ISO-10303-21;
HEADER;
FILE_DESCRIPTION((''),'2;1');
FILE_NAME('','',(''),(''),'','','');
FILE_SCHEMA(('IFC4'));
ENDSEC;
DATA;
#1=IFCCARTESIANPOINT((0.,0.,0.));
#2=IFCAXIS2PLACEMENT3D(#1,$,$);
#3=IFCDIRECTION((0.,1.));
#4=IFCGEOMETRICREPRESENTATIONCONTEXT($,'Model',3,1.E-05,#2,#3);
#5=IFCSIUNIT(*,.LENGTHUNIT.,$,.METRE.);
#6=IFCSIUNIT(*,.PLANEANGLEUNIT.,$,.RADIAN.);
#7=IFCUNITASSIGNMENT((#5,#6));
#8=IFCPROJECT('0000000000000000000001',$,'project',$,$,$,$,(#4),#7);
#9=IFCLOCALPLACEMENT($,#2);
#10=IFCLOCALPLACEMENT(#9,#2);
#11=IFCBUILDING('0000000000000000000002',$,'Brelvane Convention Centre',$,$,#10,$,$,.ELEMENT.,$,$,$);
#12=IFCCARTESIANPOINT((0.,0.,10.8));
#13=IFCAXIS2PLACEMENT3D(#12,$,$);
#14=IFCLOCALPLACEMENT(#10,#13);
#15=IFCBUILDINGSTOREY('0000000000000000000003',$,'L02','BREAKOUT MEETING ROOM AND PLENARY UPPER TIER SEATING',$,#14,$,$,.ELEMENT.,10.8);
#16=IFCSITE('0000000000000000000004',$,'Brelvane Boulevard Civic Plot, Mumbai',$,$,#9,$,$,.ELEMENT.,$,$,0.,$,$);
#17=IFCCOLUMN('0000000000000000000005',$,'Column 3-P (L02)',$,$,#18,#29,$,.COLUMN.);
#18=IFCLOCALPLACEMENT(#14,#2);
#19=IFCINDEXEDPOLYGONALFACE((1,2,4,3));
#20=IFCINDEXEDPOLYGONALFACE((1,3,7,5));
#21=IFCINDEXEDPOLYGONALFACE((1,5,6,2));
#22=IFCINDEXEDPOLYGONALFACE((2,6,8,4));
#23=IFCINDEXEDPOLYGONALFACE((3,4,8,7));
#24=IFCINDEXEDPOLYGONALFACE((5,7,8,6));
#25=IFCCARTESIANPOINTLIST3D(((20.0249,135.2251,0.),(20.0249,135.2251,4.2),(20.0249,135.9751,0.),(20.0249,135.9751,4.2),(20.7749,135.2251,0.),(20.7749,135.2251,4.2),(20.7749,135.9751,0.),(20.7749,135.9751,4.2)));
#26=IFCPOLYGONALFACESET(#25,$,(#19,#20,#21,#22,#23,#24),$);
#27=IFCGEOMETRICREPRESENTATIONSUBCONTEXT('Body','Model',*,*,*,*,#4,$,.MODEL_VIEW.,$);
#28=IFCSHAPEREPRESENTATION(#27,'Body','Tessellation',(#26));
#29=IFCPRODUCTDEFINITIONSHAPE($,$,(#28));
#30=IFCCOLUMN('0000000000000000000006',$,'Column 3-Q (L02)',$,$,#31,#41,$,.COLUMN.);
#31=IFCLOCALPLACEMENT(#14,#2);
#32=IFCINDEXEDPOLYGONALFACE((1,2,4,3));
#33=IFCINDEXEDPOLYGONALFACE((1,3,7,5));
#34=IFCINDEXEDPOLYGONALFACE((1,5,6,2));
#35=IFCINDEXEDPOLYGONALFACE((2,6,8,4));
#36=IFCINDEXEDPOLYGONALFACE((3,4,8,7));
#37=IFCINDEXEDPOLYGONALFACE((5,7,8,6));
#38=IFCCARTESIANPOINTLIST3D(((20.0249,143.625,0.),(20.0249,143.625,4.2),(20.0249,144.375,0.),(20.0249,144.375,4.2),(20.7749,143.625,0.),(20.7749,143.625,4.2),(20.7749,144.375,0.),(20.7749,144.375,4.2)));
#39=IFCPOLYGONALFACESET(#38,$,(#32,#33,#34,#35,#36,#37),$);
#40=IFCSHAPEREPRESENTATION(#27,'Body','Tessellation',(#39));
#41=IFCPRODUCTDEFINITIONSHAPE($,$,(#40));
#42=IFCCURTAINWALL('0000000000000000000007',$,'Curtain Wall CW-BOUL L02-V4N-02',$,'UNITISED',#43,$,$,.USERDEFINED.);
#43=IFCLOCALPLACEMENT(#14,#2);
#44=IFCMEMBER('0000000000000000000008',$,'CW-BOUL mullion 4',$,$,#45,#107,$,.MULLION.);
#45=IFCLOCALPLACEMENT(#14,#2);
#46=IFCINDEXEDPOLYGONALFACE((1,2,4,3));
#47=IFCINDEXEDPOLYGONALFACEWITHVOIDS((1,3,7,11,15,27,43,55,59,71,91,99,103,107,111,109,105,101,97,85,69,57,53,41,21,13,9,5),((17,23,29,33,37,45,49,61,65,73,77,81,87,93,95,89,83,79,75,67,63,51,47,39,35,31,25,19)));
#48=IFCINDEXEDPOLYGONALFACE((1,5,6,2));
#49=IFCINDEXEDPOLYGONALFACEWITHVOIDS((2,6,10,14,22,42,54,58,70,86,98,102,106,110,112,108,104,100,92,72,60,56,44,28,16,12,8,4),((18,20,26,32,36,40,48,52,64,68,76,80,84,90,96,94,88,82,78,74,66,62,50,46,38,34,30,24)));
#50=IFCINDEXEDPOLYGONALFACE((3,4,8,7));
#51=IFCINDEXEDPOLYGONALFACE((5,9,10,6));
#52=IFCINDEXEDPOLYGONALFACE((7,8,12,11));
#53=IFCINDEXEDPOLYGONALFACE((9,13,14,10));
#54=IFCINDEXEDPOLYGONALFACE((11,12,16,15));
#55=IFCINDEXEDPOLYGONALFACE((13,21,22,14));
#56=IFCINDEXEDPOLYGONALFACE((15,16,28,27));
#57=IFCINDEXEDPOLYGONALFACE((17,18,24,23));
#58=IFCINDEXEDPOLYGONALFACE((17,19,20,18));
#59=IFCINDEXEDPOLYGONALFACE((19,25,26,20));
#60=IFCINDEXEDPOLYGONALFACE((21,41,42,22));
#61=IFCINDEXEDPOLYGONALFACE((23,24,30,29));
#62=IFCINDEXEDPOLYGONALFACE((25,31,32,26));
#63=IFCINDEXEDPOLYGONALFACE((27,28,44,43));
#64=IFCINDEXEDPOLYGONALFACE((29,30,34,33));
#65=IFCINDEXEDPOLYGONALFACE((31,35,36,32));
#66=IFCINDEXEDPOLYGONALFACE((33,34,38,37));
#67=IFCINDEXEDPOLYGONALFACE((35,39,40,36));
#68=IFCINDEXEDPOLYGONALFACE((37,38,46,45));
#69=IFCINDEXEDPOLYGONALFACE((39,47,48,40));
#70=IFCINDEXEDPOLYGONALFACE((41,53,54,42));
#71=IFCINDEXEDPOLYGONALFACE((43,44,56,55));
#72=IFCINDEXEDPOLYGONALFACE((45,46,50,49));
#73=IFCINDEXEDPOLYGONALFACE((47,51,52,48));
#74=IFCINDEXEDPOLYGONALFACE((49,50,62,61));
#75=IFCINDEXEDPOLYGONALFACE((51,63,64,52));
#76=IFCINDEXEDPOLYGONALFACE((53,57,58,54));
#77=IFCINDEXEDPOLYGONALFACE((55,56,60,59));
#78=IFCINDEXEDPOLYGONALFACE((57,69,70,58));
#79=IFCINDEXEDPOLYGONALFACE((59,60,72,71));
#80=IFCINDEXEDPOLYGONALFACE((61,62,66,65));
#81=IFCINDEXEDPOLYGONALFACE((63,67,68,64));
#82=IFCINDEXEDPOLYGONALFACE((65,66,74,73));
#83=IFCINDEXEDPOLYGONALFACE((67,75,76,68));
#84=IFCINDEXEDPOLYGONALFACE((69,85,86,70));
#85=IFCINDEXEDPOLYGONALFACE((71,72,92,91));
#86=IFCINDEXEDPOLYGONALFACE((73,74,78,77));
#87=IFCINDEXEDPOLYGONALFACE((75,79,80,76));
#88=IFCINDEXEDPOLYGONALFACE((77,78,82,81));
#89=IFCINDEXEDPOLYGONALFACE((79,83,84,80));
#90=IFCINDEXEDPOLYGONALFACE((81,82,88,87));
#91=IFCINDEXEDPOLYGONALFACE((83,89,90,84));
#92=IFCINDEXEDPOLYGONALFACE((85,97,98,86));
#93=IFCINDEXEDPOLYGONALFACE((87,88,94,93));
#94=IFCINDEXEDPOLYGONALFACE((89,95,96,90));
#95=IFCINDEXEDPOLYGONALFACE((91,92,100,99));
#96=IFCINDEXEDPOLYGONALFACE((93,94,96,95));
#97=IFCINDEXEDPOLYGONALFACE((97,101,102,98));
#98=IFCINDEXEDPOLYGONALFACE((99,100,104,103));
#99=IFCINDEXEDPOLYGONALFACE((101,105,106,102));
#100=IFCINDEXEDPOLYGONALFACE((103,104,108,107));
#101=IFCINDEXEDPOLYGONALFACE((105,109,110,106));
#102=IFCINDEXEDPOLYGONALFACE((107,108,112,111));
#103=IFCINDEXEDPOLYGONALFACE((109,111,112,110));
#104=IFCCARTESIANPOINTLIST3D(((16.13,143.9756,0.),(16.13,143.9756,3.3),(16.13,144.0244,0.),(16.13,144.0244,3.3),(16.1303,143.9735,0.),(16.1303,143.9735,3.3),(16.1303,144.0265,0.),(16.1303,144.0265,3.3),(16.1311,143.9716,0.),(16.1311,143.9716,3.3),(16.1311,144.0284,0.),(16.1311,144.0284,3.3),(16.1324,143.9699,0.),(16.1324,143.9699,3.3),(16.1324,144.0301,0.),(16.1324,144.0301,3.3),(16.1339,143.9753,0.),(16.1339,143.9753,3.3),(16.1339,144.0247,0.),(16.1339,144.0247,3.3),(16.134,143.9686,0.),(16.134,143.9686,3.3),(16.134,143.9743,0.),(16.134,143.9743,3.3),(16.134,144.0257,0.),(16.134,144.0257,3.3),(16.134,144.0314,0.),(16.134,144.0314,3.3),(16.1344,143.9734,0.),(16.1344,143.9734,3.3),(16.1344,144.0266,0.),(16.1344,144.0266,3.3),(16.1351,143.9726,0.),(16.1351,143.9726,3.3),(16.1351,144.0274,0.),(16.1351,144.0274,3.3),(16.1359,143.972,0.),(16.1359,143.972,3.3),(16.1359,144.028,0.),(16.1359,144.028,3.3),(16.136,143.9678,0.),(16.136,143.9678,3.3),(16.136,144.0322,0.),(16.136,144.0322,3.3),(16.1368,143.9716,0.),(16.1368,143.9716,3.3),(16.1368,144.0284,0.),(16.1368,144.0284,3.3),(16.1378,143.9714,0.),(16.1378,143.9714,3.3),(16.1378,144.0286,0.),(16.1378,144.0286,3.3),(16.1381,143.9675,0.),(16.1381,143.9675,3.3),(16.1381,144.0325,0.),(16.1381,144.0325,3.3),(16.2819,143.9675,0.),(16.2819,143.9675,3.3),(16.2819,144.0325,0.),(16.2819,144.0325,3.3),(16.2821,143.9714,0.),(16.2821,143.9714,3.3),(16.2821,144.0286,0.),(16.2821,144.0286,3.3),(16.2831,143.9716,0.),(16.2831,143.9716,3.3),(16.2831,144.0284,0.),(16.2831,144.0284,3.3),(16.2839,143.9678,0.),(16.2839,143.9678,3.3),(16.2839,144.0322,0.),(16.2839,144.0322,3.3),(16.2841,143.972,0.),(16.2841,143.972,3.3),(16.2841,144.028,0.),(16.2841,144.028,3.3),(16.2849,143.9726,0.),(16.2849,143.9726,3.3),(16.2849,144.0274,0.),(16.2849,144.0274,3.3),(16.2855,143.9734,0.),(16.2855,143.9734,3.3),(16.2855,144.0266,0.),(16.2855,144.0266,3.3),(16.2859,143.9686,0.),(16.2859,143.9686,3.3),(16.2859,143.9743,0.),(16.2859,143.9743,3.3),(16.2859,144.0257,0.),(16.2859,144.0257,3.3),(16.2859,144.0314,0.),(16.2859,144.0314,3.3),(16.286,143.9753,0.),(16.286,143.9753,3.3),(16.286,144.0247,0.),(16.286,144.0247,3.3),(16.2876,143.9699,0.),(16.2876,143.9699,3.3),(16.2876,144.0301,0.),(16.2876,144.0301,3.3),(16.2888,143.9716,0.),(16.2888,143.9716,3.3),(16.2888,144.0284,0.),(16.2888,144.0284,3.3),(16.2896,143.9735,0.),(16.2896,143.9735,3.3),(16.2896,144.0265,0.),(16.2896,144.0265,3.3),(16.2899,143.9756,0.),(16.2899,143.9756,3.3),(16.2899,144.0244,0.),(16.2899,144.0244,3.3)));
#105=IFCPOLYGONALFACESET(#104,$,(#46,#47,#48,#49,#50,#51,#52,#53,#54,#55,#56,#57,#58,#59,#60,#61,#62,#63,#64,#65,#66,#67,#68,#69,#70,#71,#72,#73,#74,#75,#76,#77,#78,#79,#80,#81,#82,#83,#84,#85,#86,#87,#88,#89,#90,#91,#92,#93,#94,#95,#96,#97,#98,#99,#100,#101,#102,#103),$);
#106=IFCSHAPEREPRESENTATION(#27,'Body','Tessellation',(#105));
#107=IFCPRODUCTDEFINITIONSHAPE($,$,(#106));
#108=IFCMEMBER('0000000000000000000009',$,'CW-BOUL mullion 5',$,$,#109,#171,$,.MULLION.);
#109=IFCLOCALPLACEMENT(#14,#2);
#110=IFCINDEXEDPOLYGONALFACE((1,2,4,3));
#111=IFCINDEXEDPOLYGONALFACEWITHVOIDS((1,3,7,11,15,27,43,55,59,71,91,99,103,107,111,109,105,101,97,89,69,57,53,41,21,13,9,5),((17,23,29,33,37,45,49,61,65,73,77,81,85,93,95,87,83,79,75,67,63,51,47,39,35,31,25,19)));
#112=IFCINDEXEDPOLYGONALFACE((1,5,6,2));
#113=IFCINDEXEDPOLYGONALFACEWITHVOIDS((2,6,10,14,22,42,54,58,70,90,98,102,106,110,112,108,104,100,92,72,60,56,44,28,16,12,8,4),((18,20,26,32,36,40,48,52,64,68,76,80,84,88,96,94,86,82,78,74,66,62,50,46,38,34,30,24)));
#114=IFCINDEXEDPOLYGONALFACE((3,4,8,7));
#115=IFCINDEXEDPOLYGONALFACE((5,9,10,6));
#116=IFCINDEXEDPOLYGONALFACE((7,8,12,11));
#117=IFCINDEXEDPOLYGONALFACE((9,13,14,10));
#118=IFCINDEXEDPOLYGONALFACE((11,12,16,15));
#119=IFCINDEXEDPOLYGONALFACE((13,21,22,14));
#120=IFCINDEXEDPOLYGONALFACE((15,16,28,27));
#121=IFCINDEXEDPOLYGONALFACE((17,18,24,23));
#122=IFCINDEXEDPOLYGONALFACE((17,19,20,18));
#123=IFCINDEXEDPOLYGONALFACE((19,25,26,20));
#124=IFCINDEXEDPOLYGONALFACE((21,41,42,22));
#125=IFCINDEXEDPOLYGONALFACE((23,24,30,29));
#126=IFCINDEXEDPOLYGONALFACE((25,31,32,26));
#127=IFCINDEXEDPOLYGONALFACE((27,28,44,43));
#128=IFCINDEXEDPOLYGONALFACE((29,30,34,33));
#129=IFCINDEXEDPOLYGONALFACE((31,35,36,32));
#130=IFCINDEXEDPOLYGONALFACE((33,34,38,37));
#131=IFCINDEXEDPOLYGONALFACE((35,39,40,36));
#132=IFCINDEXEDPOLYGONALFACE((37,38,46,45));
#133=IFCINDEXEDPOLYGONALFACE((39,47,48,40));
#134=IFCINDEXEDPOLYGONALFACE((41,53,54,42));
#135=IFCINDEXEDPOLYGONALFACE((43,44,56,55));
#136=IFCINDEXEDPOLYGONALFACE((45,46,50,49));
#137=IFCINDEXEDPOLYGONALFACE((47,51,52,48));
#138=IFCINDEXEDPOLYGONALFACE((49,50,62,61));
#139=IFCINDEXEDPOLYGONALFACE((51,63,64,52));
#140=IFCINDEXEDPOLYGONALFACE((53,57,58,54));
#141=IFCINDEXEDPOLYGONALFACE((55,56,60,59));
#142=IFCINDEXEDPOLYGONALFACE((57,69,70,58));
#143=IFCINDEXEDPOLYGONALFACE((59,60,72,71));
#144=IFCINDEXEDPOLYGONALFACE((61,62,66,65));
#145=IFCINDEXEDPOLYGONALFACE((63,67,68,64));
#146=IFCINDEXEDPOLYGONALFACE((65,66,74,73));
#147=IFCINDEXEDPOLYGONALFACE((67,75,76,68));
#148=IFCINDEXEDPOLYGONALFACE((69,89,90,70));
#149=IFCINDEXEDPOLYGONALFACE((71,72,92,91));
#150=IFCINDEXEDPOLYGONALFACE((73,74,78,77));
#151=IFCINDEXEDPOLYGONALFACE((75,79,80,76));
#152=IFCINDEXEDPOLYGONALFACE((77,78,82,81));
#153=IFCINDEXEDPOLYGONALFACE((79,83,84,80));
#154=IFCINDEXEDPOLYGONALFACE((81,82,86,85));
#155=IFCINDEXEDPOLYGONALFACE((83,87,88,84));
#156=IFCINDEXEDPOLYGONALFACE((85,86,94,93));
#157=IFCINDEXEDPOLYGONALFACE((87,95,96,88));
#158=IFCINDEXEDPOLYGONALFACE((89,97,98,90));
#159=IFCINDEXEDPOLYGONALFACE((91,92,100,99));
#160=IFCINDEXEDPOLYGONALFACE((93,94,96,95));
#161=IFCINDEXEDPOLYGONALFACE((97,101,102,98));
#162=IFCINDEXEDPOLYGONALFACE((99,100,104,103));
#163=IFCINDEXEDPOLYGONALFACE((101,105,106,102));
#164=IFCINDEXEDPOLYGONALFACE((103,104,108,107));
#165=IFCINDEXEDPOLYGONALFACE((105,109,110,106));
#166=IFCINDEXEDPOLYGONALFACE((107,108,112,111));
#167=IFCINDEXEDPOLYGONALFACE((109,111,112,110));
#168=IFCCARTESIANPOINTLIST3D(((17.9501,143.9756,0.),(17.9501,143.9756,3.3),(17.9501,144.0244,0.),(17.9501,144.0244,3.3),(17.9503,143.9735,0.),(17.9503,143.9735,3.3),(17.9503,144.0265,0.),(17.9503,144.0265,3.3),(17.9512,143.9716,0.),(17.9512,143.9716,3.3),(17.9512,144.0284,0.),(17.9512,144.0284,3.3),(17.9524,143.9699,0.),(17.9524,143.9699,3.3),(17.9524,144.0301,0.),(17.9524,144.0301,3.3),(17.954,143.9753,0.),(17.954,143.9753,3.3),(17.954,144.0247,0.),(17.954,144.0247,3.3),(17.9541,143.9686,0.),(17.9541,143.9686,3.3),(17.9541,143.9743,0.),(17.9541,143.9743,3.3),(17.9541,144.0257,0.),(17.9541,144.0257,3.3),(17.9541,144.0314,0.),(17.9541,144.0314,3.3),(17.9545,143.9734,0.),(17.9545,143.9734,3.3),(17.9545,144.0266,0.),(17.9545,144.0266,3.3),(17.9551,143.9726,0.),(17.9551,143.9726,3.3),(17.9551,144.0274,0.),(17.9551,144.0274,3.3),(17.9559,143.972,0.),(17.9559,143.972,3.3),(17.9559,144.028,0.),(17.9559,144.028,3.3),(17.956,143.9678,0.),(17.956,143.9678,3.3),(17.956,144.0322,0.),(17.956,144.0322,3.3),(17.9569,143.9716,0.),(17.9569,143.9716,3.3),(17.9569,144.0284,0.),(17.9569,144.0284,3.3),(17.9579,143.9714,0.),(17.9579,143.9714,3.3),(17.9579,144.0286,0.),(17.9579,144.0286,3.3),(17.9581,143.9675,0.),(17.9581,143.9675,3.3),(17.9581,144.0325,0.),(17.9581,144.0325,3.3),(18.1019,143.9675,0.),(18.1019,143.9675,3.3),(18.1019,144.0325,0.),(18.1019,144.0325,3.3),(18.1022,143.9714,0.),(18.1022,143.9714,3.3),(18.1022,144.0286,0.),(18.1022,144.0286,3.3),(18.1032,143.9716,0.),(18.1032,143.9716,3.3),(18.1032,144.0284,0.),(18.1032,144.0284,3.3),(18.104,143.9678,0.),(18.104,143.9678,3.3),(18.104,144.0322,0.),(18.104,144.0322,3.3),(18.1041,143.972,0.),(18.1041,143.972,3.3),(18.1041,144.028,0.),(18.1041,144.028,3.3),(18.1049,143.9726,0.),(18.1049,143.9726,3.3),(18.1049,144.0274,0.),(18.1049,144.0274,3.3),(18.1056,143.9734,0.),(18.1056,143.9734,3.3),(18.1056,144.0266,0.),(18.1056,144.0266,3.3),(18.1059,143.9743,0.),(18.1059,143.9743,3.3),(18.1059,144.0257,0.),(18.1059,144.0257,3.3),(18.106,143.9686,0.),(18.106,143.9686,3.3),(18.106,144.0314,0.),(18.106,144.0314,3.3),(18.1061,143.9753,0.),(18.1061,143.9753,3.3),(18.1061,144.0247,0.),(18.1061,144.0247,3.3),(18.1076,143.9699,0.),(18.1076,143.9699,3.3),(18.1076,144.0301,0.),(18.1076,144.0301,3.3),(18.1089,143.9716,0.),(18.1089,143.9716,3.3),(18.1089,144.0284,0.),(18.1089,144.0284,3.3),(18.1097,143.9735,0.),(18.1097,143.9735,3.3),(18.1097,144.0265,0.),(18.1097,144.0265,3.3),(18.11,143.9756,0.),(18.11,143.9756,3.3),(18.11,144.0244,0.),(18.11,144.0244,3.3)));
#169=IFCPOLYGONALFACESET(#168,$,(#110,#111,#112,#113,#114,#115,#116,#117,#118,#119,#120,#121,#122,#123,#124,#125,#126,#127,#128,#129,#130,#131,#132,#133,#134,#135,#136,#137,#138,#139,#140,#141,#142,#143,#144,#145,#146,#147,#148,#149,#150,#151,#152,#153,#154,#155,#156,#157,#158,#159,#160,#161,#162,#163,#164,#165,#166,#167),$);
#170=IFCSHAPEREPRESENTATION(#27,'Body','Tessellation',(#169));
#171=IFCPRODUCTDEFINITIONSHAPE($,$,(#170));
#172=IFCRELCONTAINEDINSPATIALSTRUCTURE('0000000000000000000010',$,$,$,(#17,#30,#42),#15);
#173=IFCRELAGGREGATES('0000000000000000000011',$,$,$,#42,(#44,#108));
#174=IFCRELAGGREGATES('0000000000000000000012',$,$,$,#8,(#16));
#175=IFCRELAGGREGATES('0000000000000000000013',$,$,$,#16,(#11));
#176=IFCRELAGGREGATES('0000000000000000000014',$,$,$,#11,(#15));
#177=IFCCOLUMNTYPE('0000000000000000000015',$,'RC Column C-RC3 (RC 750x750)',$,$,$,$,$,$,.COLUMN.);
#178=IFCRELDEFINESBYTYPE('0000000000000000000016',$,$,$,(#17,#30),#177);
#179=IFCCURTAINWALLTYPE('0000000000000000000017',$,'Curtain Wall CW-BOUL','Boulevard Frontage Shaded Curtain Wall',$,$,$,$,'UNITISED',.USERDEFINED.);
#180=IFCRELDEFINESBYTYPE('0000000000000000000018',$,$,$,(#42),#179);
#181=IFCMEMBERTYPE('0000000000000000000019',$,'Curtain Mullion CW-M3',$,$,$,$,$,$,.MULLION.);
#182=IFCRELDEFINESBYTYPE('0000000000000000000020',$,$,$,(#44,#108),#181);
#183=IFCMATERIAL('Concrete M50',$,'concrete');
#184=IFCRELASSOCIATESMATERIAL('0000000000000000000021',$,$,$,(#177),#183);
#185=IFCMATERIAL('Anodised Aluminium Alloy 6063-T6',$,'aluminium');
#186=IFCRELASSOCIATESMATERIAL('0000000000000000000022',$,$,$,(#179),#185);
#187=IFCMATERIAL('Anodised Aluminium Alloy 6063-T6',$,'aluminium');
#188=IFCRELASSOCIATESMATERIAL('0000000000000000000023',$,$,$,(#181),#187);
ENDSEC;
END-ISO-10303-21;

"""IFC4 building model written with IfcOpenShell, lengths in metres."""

from ifc_helpers import new_model, si_unit, direction, frame, origin, origin_2d, place, context, subcontext, project, spatial, rectangle, hollow_rectangle, extrude, material, material_profile, profile_set, type_object, element, aggregate, save


model = new_model("IFC4")

# Units and contexts
model_context = context("Model", 3, precision=1e-05, world=origin(), true_north=direction((0.0, 1.0)))
body_context = subcontext(model_context, "Body", "Model", "MODEL_VIEW")
ifc_project = project(units=[si_unit("LENGTHUNIT", "METRE"), si_unit("PLANEANGLEUNIT", "RADIAN")], contexts=[model_context])

# Site, building, storey
site_placement = place(None, origin())
site = spatial("IfcSite", under=ifc_project, at=site_placement, Name="Brelvane Boulevard Civic Plot, Mumbai", CompositionType="ELEMENT", RefElevation=0.0)
building_placement = place(site_placement, origin())
building = spatial("IfcBuilding", under=site, at=building_placement, Name="Brelvane Convention Centre", CompositionType="ELEMENT")
storey_placement = place(building_placement, frame((0.0, 0.0, 10.8)))
storey = spatial("IfcBuildingStorey", under=building, at=storey_placement, Name="L02", Description="BREAKOUT MEETING ROOM AND PLENARY UPPER TIER SEATING", CompositionType="ELEMENT", Elevation=10.8)

# Columns
ifc_material_1 = material(Name="Concrete M50", Category="concrete")
ifc_material_profile_1 = material_profile(ifc_material_1, rectangle(XDim=0.75, YDim=0.75, at=origin_2d()), Name="RC 750x750")
ifc_profile_set_1 = profile_set([ifc_material_profile_1], Name="Concrete M50")
column_type = type_object("IfcColumnType", Name="RC Column C-RC3 (RC 750x750)", PredefinedType="COLUMN", material=ifc_profile_set_1)
for number, where, z_axis, x_axis, name in (
    (1, (20.3999, 135.6001, 0.0), (0.0, 0.0, 1.0), (1.0, 0.0, 0.0), "Column 3-P (L02)"),
    (2, (20.3999, 144.0, 0.0), (0.0, 0.0, 1.0), (1.0, 0.0, 0.0), "Column 3-Q (L02)"),
):
    element("IfcColumn", number, at=place(storey_placement, frame(where, z_axis=z_axis, x_axis=x_axis)), inside=storey, type_object=column_type, Name=name, PredefinedType="COLUMN", context=body_context, shape_type="SweptSolid", body=[
        extrude(rectangle(XDim=0.75, YDim=0.75, at=origin_2d()), origin(), (0.0, 0.0, 1.0), 4.2),
    ])

# Curtain wall, members
ifc_material_2 = material(Name="Anodised Aluminium Alloy 6063-T6", Category="aluminium")
curtain_wall_type = type_object("IfcCurtainWallType", Name="Curtain Wall CW-BOUL", Description="Boulevard Frontage Shaded Curtain Wall", ElementType="UNITISED", PredefinedType="USERDEFINED", material=ifc_material_2)
curtain_wall_placement = place(storey_placement, origin())
curtain_wall = element("IfcCurtainWall", 3, at=curtain_wall_placement, inside=storey, type_object=curtain_wall_type, Name="Curtain Wall CW-BOUL L02-V4N-02", ObjectType="UNITISED", PredefinedType="USERDEFINED")
ifc_material_3 = material(Name="Anodised Aluminium Alloy 6063-T6", Category="aluminium")
ifc_material_profile_2 = material_profile(ifc_material_3, hollow_rectangle(XDim=0.0649, YDim=0.1599, WallThickness=0.0039, InnerFilletRadius=0.0039, OuterFilletRadius=0.0081, at=origin_2d()), Name="ALU-M 160x65x4.0")
ifc_profile_set_2 = profile_set([ifc_material_profile_2], Name="Anodised Aluminium Alloy 6063-T6")
member_type_1 = type_object("IfcMemberType", Name="Curtain Mullion CW-M3", PredefinedType="MULLION", material=ifc_profile_set_2)
member_1_placement = place(storey_placement, frame((16.21, 144.0, 0.0), z_axis=(0.0, 0.0, 1.0), x_axis=(0.0, 1.0, 0.0)))
member_1 = element("IfcMember", 4, at=member_1_placement, type_object=member_type_1, Name="CW-BOUL mullion 4", PredefinedType="MULLION", context=body_context, shape_type="SweptSolid", body=[
    extrude(hollow_rectangle(XDim=0.0649, YDim=0.1599, WallThickness=0.0039, InnerFilletRadius=0.0039, OuterFilletRadius=0.0081, at=origin_2d()), origin(), (0.0, 0.0, 1.0), 3.3),
])
member_2_placement = place(storey_placement, frame((18.03, 144.0, 0.0), z_axis=(0.0, 0.0, 1.0), x_axis=(0.0, 1.0, 0.0)))
member_2 = element("IfcMember", 5, at=member_2_placement, type_object=member_type_1, Name="CW-BOUL mullion 5", PredefinedType="MULLION", context=body_context, shape_type="SweptSolid", body=[
    extrude(hollow_rectangle(XDim=0.0649, YDim=0.1599, WallThickness=0.0039, InnerFilletRadius=0.0039, OuterFilletRadius=0.0081, at=origin_2d()), origin(), (0.0, 0.0, 1.0), 3.3),
])

aggregate(curtain_wall, [member_1, member_2])

save(model, "model.ifc")
